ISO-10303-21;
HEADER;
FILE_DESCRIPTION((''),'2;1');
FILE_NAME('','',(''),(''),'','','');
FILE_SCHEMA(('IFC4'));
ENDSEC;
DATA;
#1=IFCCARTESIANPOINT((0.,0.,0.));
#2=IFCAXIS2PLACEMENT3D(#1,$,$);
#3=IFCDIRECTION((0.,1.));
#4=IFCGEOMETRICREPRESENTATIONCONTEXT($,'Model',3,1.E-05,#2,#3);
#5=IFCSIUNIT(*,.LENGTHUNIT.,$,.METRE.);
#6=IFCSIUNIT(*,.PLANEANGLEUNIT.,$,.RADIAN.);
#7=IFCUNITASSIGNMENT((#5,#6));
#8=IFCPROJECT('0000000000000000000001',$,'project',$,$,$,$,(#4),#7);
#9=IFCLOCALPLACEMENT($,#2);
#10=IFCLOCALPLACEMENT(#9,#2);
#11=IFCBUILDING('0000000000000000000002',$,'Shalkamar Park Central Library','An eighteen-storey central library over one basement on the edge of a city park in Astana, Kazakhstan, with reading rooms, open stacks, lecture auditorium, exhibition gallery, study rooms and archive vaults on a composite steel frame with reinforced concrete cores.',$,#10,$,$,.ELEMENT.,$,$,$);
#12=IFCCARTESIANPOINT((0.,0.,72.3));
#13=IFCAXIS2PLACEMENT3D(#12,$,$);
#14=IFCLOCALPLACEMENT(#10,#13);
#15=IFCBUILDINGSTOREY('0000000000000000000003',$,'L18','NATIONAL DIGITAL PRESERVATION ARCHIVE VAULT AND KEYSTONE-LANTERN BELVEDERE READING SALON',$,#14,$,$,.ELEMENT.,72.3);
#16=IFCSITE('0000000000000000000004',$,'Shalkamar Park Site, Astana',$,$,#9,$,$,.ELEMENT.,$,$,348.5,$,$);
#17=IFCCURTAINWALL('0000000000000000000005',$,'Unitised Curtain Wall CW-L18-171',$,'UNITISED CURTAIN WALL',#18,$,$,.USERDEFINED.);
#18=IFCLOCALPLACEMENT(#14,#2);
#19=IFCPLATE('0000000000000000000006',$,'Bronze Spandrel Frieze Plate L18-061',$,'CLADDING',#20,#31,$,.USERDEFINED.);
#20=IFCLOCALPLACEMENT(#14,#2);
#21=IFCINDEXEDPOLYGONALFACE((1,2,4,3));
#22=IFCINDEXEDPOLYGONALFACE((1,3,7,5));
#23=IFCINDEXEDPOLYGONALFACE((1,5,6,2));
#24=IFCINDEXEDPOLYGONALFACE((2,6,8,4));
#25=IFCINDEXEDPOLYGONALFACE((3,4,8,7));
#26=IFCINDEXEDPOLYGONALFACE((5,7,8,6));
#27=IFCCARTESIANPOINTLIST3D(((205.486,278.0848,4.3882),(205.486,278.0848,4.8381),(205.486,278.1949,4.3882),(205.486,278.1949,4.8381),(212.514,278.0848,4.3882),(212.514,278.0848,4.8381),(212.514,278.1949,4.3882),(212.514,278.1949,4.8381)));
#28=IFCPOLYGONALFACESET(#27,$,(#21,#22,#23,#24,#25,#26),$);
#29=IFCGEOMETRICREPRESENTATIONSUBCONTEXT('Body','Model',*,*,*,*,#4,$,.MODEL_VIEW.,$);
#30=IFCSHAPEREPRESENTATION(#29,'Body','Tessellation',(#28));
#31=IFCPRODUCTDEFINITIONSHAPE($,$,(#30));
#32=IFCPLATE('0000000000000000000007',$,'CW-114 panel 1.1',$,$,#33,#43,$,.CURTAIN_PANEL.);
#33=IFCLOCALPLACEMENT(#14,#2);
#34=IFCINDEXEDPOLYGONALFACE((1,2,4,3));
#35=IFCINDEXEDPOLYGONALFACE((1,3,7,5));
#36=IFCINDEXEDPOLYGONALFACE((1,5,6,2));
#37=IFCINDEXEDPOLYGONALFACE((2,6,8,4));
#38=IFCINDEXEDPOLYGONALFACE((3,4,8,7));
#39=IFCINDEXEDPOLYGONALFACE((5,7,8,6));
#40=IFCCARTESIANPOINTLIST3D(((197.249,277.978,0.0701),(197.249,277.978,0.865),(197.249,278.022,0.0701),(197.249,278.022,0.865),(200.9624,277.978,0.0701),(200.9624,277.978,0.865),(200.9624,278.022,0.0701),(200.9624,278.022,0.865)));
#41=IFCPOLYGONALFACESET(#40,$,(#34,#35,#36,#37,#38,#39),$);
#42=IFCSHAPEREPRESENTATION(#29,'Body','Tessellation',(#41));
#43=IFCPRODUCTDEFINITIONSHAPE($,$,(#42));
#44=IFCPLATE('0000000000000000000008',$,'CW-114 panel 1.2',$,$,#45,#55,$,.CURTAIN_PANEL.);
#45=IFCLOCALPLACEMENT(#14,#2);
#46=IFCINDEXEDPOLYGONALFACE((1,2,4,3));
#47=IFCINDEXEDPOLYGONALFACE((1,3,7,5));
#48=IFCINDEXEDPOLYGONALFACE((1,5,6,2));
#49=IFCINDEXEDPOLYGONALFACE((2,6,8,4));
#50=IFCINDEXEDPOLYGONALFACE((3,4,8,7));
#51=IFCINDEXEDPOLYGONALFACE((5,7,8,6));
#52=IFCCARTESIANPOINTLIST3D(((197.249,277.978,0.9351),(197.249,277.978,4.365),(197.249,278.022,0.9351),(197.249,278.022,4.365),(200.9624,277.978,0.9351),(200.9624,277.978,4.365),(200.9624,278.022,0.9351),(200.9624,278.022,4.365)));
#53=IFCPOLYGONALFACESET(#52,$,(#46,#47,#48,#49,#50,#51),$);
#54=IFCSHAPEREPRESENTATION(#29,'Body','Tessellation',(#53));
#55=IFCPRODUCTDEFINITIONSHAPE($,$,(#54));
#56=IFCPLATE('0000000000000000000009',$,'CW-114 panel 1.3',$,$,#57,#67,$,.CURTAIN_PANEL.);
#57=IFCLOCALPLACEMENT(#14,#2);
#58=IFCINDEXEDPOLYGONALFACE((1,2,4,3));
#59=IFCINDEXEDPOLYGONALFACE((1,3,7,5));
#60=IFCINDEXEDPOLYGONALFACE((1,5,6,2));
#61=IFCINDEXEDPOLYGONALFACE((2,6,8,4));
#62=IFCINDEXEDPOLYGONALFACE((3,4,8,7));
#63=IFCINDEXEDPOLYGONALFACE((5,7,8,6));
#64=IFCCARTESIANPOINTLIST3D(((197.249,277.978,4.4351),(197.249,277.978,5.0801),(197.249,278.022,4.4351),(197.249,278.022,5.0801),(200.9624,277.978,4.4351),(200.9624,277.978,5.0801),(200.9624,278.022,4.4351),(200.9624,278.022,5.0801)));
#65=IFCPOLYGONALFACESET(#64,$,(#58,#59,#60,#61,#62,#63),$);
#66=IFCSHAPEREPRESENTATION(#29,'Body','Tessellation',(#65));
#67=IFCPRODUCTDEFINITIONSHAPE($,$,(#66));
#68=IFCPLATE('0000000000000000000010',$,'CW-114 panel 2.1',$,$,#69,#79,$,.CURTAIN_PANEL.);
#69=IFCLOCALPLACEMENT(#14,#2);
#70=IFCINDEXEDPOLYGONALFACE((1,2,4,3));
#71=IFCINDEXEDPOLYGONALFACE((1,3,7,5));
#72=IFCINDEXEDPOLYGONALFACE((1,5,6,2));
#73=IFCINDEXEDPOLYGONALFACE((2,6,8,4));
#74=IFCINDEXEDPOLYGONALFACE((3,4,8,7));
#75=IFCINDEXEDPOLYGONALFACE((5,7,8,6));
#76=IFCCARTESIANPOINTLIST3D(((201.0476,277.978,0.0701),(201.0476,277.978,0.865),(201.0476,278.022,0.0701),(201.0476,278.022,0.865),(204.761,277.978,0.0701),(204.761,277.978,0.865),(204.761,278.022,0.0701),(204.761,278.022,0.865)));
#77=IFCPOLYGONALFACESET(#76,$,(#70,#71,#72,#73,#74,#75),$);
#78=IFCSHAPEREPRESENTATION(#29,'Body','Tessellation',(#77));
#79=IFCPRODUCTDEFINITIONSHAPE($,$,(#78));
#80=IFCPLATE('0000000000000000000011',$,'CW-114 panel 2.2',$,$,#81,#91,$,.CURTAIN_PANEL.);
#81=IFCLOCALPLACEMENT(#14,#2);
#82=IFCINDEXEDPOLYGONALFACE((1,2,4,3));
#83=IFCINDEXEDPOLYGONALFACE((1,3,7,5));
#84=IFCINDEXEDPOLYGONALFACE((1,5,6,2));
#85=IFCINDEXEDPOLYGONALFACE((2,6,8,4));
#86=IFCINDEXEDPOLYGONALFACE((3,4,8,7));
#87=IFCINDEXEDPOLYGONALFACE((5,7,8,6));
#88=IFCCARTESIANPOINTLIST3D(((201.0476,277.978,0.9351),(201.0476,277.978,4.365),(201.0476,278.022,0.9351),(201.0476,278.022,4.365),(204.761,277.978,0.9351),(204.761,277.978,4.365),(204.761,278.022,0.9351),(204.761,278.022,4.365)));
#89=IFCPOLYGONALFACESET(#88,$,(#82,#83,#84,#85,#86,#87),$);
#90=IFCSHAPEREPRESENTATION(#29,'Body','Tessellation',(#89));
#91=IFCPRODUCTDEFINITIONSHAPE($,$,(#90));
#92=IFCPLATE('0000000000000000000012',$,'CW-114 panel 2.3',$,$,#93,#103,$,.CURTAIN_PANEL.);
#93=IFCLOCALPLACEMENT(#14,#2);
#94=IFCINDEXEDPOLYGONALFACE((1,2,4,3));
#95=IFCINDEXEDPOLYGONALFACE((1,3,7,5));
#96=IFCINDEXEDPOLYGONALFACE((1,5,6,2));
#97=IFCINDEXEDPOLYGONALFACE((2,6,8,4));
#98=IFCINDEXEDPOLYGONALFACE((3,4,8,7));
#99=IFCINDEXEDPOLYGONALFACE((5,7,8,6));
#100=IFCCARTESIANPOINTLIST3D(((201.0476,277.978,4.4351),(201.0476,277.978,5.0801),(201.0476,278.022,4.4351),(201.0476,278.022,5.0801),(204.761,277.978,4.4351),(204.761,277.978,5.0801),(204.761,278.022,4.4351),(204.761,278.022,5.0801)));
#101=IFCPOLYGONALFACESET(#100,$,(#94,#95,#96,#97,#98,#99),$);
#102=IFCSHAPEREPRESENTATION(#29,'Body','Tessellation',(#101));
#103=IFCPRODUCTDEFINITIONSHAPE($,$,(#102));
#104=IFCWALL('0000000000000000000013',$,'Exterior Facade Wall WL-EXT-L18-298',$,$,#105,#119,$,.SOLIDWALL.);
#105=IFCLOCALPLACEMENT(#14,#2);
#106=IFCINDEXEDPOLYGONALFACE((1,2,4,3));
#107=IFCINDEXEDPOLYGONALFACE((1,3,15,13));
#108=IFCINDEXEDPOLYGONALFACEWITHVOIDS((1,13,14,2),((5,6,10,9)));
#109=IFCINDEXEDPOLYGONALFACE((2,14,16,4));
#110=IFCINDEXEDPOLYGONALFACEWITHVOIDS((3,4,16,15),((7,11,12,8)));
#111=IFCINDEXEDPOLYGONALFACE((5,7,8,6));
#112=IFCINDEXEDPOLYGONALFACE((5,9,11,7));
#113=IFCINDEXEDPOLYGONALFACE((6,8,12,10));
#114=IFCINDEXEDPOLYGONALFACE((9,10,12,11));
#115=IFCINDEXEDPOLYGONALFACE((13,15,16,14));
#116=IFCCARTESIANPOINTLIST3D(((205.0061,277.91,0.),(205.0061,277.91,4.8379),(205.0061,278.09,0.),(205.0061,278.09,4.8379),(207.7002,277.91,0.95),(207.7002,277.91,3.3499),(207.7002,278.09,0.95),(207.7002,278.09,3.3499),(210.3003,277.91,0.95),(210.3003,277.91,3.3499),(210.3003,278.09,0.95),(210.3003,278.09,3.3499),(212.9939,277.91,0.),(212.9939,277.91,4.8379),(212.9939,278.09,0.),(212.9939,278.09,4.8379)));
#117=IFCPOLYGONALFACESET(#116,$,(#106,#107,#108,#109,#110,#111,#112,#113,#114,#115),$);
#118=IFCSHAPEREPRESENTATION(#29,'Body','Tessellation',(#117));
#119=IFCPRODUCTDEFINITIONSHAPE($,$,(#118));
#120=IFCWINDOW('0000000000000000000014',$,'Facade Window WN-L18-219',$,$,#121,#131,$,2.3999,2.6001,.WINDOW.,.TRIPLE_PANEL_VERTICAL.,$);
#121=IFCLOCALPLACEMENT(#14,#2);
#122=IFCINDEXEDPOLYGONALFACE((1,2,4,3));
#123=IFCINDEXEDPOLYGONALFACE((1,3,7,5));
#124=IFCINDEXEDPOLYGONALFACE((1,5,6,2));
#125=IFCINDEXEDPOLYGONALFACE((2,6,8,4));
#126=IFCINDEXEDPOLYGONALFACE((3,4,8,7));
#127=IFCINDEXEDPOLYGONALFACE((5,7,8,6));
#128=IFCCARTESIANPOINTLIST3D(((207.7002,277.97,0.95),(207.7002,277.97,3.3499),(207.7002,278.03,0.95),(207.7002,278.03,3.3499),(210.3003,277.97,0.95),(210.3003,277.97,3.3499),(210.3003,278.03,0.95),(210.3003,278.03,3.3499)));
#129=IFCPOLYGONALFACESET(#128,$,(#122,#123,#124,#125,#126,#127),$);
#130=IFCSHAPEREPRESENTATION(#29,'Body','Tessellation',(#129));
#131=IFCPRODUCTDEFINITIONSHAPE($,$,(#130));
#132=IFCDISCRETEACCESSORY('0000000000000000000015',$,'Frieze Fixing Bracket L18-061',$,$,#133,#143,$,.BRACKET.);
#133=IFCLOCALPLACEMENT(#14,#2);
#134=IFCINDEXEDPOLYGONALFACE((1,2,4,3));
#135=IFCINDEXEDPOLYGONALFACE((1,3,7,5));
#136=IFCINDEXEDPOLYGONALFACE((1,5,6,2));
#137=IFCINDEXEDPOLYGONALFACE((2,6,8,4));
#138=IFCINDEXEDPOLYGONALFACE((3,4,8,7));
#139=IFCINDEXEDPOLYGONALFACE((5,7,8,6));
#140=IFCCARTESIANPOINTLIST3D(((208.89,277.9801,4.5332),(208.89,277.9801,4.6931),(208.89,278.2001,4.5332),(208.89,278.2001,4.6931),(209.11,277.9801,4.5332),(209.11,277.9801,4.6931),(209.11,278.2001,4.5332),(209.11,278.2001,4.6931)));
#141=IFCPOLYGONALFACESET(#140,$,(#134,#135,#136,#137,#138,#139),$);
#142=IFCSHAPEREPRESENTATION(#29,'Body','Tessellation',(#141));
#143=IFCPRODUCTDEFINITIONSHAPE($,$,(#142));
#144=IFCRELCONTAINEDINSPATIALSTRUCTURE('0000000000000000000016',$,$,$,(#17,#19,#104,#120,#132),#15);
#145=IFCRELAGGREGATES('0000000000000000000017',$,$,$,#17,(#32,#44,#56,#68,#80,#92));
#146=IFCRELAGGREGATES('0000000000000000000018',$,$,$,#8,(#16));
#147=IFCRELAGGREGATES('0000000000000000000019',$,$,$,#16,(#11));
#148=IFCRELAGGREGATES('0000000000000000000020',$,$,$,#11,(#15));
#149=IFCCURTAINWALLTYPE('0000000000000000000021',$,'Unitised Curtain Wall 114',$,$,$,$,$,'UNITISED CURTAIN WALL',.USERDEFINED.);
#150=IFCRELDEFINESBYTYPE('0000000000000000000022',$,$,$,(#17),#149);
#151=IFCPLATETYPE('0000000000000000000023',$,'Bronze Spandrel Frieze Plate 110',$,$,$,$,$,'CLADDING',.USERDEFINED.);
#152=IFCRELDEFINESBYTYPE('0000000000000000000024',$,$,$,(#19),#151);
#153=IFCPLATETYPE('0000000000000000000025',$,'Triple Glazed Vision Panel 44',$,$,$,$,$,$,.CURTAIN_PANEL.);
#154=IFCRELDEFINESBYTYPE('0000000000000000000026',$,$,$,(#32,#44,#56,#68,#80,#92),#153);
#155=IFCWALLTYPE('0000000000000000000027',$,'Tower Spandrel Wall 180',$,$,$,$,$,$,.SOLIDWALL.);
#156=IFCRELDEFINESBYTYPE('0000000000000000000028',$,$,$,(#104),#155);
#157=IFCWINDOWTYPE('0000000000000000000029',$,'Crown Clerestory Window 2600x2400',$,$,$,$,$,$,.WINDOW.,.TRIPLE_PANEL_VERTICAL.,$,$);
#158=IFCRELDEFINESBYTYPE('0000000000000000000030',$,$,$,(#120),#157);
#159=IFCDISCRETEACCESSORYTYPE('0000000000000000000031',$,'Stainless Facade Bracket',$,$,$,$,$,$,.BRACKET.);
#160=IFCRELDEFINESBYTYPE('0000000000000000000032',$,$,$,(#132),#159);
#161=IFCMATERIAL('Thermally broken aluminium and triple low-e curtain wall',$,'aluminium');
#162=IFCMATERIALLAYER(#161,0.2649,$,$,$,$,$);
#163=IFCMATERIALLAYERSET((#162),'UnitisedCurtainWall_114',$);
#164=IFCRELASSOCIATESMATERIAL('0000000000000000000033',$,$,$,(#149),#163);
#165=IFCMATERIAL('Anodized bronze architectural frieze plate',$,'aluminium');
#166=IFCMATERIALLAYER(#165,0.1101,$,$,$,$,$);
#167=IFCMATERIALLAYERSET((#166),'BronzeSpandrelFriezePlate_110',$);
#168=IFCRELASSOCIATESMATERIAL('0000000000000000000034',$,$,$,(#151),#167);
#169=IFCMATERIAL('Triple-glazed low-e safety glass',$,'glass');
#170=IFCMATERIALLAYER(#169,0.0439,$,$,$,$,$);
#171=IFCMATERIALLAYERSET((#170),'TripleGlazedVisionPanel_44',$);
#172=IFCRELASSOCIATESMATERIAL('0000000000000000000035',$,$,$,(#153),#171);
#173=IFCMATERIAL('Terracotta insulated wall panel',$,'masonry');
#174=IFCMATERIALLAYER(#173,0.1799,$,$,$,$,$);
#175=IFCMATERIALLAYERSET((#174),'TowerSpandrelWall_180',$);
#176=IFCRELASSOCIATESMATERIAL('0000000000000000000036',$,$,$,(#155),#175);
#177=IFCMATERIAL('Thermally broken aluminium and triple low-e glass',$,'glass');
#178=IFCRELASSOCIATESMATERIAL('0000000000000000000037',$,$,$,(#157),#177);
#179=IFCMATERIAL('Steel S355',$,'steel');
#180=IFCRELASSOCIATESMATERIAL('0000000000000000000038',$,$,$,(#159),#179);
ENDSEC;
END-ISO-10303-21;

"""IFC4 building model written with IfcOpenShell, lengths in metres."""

from ifc_helpers import new_model, si_unit, direction, frame, frame_2d, origin, origin_2d, place, context, subcontext, project, spatial, rectangle, extrude, material, layer, layer_set, type_object, element, fill, aggregate, save


model = new_model("IFC4")

# Units and contexts
model_context = context("Model", 3, precision=1e-05, world=origin(), true_north=direction((0.0, 1.0)))
body_context = subcontext(model_context, "Body", "Model", "MODEL_VIEW")
ifc_project = project(units=[si_unit("LENGTHUNIT", "METRE"), si_unit("PLANEANGLEUNIT", "RADIAN")], contexts=[model_context])

# Site, building, storey
site_placement = place(None, origin())
site = spatial("IfcSite", under=ifc_project, at=site_placement, Name="Shalkamar Park Site, Astana", CompositionType="ELEMENT", RefElevation=348.5)
building_placement = place(site_placement, origin())
building = spatial("IfcBuilding", under=site, at=building_placement, Name="Shalkamar Park Central Library", Description="An eighteen-storey central library over one basement on the edge of a city park in Astana, Kazakhstan, with reading rooms, open stacks, lecture auditorium, exhibition gallery, study rooms and archive vaults on a composite steel frame with reinforced concrete cores.", CompositionType="ELEMENT")
storey_placement = place(building_placement, frame((0.0, 0.0, 72.3)))
storey = spatial("IfcBuildingStorey", under=building, at=storey_placement, Name="L18", Description="NATIONAL DIGITAL PRESERVATION ARCHIVE VAULT AND KEYSTONE-LANTERN BELVEDERE READING SALON", CompositionType="ELEMENT", Elevation=72.3)

# Shared definitions
ifc_material_1 = material(Name="Steel S355", Category="steel")

# Curtain wall
ifc_material_2 = material(Name="Thermally broken aluminium and triple low-e curtain wall", Category="aluminium")
ifc_layer_1 = layer(ifc_material_2, 0.2649)
ifc_layer_set_1 = layer_set([ifc_layer_1], Name="UnitisedCurtainWall_114")
curtain_wall_type = type_object("IfcCurtainWallType", Name="Unitised Curtain Wall 114", ElementType="UNITISED CURTAIN WALL", PredefinedType="USERDEFINED", material=ifc_layer_set_1)
curtain_wall_placement = place(storey_placement, origin())
curtain_wall = element("IfcCurtainWall", 1, at=curtain_wall_placement, inside=storey, type_object=curtain_wall_type, Name="Unitised Curtain Wall CW-L18-171", ObjectType="UNITISED CURTAIN WALL", PredefinedType="USERDEFINED")

# Plates
ifc_material_3 = material(Name="Anodized bronze architectural frieze plate", Category="aluminium")
ifc_layer_2 = layer(ifc_material_3, 0.1101)
ifc_layer_set_2 = layer_set([ifc_layer_2], Name="BronzeSpandrelFriezePlate_110")
plate_type_1 = type_object("IfcPlateType", Name="Bronze Spandrel Frieze Plate 110", ElementType="CLADDING", PredefinedType="USERDEFINED", material=ifc_layer_set_2)
plate_1_placement = place(storey_placement, frame((209.0, 278.1399, 4.3882), z_axis=(0.0, 0.0, 1.0), x_axis=(1.0, 0.0, 0.0)))
element("IfcPlate", 2, at=plate_1_placement, inside=storey, type_object=plate_type_1, Name="Bronze Spandrel Frieze Plate L18-061", ObjectType="CLADDING", PredefinedType="USERDEFINED", context=body_context, shape_type="SweptSolid", body=[
    extrude(rectangle(XDim=7.0281, YDim=0.1101, at=origin_2d()), origin(), (0.0, 0.0, 1.0), 0.45),
])
ifc_material_4 = material(Name="Triple-glazed low-e safety glass", Category="glass")
ifc_layer_3 = layer(ifc_material_4, 0.0439)
ifc_layer_set_3 = layer_set([ifc_layer_3], Name="TripleGlazedVisionPanel_44")
plate_type_2 = type_object("IfcPlateType", Name="Triple Glazed Vision Panel 44", PredefinedType="CURTAIN_PANEL", material=ifc_layer_set_3)
plate_2_placement = place(storey_placement, frame((199.1057, 278.0, 0.0701), z_axis=(0.0, 0.0, 1.0), x_axis=(1.0, 0.0, 0.0)))
plate_2 = element("IfcPlate", 3, at=plate_2_placement, type_object=plate_type_2, Name="CW-114 panel 1.1", PredefinedType="CURTAIN_PANEL", context=body_context, shape_type="SweptSolid", body=[
    extrude(rectangle(XDim=3.7134, YDim=0.0439, at=origin_2d()), origin(), (0.0, 0.0, 1.0), 0.7949),
])
plate_3_placement = place(storey_placement, frame((199.1057, 278.0, 0.9351), z_axis=(0.0, 0.0, 1.0), x_axis=(1.0, 0.0, 0.0)))
plate_3 = element("IfcPlate", 4, at=plate_3_placement, type_object=plate_type_2, Name="CW-114 panel 1.2", PredefinedType="CURTAIN_PANEL", context=body_context, shape_type="SweptSolid", body=[
    extrude(rectangle(XDim=3.7134, YDim=0.0439, at=origin_2d()), origin(), (0.0, 0.0, 1.0), 3.4299),
])
plate_4_placement = place(storey_placement, frame((199.1057, 278.0, 4.4351), z_axis=(0.0, 0.0, 1.0), x_axis=(1.0, 0.0, 0.0)))
plate_4 = element("IfcPlate", 5, at=plate_4_placement, type_object=plate_type_2, Name="CW-114 panel 1.3", PredefinedType="CURTAIN_PANEL", context=body_context, shape_type="SweptSolid", body=[
    extrude(rectangle(XDim=3.7134, YDim=0.0439, at=origin_2d()), origin(), (0.0, 0.0, 1.0), 0.645),
])
plate_5_placement = place(storey_placement, frame((202.9043, 278.0, 0.0701), z_axis=(0.0, 0.0, 1.0), x_axis=(1.0, 0.0, 0.0)))
plate_5 = element("IfcPlate", 6, at=plate_5_placement, type_object=plate_type_2, Name="CW-114 panel 2.1", PredefinedType="CURTAIN_PANEL", context=body_context, shape_type="SweptSolid", body=[
    extrude(rectangle(XDim=3.7134, YDim=0.0439, at=origin_2d()), origin(), (0.0, 0.0, 1.0), 0.7949),
])
plate_6_placement = place(storey_placement, frame((202.9043, 278.0, 0.9351), z_axis=(0.0, 0.0, 1.0), x_axis=(1.0, 0.0, 0.0)))
plate_6 = element("IfcPlate", 7, at=plate_6_placement, type_object=plate_type_2, Name="CW-114 panel 2.2", PredefinedType="CURTAIN_PANEL", context=body_context, shape_type="SweptSolid", body=[
    extrude(rectangle(XDim=3.7134, YDim=0.0439, at=origin_2d()), origin(), (0.0, 0.0, 1.0), 3.4299),
])
plate_7_placement = place(storey_placement, frame((202.9043, 278.0, 4.4351), z_axis=(0.0, 0.0, 1.0), x_axis=(1.0, 0.0, 0.0)))
plate_7 = element("IfcPlate", 8, at=plate_7_placement, type_object=plate_type_2, Name="CW-114 panel 2.3", PredefinedType="CURTAIN_PANEL", context=body_context, shape_type="SweptSolid", body=[
    extrude(rectangle(XDim=3.7134, YDim=0.0439, at=origin_2d()), origin(), (0.0, 0.0, 1.0), 0.645),
])
aggregate(curtain_wall, [plate_2, plate_3, plate_4, plate_5, plate_6, plate_7])

# Wall, opening, window
ifc_material_5 = material(Name="Terracotta insulated wall panel", Category="masonry")
ifc_layer_4 = layer(ifc_material_5, 0.1799)
ifc_layer_set_4 = layer_set([ifc_layer_4], Name="TowerSpandrelWall_180")
wall_type = type_object("IfcWallType", Name="Tower Spandrel Wall 180", PredefinedType="SOLIDWALL", material=ifc_layer_set_4)
wall_placement = place(storey_placement, frame((205.0061, 278.0, 0.0), z_axis=(0.0, 0.0, 1.0), x_axis=(1.0, 0.0, 0.0)))
wall = element("IfcWall", 9, at=wall_placement, inside=storey, type_object=wall_type, Name="Exterior Facade Wall WL-EXT-L18-298", PredefinedType="SOLIDWALL", context=body_context, shape_type="SweptSolid", body=[
    extrude(rectangle(XDim=7.9878, YDim=0.1799, at=frame_2d((3.9939, 0.0))), origin(), (0.0, 0.0, 1.0), 4.8379),
])
opening_placement = place(wall_placement, frame((2.6941, 0.0, 0.95)))
opening = element("IfcOpeningElement", 10, at=opening_placement, cuts=wall, PredefinedType="OPENING", context=body_context, shape_type="SweptSolid", body=[
    extrude(rectangle(XDim=2.6001, YDim=2.3999, at=frame_2d((1.3, 1.2))), frame((0.0, 0.105, 0.0), z_axis=(0.0, -1.0, 0.0), x_axis=(1.0, 0.0, 0.0)), (0.0, 0.0, 1.0), 0.2097),
])
ifc_material_6 = material(Name="Thermally broken aluminium and triple low-e glass", Category="glass")
window_type = type_object("IfcWindowType", Name="Crown Clerestory Window 2600x2400", PartitioningType="TRIPLE_PANEL_VERTICAL", PredefinedType="WINDOW", material=ifc_material_6)
window_placement = place(opening_placement, origin())
window = element("IfcWindow", 11, at=window_placement, inside=storey, type_object=window_type, Name="Facade Window WN-L18-219", OverallHeight=2.3999, OverallWidth=2.6001, PartitioningType="TRIPLE_PANEL_VERTICAL", PredefinedType="WINDOW", context=body_context, shape_type="SweptSolid", body=[
    extrude(rectangle(XDim=2.6001, YDim=2.3999, at=frame_2d((1.3, 1.2))), frame((0.0, 0.03, 0.0), z_axis=(0.0, -1.0, 0.0), x_axis=(1.0, 0.0, 0.0)), (0.0, 0.0, 1.0), 0.0601),
])
fill(opening, window)

# Discrete accessory
discrete_accessory_type = type_object("IfcDiscreteAccessoryType", Name="Stainless Facade Bracket", PredefinedType="BRACKET", material=ifc_material_1)
discrete_accessory_placement = place(storey_placement, frame((209.0, 278.0901, 4.5332), z_axis=(0.0, 0.0, 1.0), x_axis=(1.0, 0.0, 0.0)))
element("IfcDiscreteAccessory", 12, at=discrete_accessory_placement, inside=storey, type_object=discrete_accessory_type, Name="Frieze Fixing Bracket L18-061", PredefinedType="BRACKET", context=body_context, shape_type="SweptSolid", body=[
    extrude(rectangle(XDim=0.22, YDim=0.22, at=origin_2d()), origin(), (0.0, 0.0, 1.0), 0.1599),
])

save(model, "model.ifc")
